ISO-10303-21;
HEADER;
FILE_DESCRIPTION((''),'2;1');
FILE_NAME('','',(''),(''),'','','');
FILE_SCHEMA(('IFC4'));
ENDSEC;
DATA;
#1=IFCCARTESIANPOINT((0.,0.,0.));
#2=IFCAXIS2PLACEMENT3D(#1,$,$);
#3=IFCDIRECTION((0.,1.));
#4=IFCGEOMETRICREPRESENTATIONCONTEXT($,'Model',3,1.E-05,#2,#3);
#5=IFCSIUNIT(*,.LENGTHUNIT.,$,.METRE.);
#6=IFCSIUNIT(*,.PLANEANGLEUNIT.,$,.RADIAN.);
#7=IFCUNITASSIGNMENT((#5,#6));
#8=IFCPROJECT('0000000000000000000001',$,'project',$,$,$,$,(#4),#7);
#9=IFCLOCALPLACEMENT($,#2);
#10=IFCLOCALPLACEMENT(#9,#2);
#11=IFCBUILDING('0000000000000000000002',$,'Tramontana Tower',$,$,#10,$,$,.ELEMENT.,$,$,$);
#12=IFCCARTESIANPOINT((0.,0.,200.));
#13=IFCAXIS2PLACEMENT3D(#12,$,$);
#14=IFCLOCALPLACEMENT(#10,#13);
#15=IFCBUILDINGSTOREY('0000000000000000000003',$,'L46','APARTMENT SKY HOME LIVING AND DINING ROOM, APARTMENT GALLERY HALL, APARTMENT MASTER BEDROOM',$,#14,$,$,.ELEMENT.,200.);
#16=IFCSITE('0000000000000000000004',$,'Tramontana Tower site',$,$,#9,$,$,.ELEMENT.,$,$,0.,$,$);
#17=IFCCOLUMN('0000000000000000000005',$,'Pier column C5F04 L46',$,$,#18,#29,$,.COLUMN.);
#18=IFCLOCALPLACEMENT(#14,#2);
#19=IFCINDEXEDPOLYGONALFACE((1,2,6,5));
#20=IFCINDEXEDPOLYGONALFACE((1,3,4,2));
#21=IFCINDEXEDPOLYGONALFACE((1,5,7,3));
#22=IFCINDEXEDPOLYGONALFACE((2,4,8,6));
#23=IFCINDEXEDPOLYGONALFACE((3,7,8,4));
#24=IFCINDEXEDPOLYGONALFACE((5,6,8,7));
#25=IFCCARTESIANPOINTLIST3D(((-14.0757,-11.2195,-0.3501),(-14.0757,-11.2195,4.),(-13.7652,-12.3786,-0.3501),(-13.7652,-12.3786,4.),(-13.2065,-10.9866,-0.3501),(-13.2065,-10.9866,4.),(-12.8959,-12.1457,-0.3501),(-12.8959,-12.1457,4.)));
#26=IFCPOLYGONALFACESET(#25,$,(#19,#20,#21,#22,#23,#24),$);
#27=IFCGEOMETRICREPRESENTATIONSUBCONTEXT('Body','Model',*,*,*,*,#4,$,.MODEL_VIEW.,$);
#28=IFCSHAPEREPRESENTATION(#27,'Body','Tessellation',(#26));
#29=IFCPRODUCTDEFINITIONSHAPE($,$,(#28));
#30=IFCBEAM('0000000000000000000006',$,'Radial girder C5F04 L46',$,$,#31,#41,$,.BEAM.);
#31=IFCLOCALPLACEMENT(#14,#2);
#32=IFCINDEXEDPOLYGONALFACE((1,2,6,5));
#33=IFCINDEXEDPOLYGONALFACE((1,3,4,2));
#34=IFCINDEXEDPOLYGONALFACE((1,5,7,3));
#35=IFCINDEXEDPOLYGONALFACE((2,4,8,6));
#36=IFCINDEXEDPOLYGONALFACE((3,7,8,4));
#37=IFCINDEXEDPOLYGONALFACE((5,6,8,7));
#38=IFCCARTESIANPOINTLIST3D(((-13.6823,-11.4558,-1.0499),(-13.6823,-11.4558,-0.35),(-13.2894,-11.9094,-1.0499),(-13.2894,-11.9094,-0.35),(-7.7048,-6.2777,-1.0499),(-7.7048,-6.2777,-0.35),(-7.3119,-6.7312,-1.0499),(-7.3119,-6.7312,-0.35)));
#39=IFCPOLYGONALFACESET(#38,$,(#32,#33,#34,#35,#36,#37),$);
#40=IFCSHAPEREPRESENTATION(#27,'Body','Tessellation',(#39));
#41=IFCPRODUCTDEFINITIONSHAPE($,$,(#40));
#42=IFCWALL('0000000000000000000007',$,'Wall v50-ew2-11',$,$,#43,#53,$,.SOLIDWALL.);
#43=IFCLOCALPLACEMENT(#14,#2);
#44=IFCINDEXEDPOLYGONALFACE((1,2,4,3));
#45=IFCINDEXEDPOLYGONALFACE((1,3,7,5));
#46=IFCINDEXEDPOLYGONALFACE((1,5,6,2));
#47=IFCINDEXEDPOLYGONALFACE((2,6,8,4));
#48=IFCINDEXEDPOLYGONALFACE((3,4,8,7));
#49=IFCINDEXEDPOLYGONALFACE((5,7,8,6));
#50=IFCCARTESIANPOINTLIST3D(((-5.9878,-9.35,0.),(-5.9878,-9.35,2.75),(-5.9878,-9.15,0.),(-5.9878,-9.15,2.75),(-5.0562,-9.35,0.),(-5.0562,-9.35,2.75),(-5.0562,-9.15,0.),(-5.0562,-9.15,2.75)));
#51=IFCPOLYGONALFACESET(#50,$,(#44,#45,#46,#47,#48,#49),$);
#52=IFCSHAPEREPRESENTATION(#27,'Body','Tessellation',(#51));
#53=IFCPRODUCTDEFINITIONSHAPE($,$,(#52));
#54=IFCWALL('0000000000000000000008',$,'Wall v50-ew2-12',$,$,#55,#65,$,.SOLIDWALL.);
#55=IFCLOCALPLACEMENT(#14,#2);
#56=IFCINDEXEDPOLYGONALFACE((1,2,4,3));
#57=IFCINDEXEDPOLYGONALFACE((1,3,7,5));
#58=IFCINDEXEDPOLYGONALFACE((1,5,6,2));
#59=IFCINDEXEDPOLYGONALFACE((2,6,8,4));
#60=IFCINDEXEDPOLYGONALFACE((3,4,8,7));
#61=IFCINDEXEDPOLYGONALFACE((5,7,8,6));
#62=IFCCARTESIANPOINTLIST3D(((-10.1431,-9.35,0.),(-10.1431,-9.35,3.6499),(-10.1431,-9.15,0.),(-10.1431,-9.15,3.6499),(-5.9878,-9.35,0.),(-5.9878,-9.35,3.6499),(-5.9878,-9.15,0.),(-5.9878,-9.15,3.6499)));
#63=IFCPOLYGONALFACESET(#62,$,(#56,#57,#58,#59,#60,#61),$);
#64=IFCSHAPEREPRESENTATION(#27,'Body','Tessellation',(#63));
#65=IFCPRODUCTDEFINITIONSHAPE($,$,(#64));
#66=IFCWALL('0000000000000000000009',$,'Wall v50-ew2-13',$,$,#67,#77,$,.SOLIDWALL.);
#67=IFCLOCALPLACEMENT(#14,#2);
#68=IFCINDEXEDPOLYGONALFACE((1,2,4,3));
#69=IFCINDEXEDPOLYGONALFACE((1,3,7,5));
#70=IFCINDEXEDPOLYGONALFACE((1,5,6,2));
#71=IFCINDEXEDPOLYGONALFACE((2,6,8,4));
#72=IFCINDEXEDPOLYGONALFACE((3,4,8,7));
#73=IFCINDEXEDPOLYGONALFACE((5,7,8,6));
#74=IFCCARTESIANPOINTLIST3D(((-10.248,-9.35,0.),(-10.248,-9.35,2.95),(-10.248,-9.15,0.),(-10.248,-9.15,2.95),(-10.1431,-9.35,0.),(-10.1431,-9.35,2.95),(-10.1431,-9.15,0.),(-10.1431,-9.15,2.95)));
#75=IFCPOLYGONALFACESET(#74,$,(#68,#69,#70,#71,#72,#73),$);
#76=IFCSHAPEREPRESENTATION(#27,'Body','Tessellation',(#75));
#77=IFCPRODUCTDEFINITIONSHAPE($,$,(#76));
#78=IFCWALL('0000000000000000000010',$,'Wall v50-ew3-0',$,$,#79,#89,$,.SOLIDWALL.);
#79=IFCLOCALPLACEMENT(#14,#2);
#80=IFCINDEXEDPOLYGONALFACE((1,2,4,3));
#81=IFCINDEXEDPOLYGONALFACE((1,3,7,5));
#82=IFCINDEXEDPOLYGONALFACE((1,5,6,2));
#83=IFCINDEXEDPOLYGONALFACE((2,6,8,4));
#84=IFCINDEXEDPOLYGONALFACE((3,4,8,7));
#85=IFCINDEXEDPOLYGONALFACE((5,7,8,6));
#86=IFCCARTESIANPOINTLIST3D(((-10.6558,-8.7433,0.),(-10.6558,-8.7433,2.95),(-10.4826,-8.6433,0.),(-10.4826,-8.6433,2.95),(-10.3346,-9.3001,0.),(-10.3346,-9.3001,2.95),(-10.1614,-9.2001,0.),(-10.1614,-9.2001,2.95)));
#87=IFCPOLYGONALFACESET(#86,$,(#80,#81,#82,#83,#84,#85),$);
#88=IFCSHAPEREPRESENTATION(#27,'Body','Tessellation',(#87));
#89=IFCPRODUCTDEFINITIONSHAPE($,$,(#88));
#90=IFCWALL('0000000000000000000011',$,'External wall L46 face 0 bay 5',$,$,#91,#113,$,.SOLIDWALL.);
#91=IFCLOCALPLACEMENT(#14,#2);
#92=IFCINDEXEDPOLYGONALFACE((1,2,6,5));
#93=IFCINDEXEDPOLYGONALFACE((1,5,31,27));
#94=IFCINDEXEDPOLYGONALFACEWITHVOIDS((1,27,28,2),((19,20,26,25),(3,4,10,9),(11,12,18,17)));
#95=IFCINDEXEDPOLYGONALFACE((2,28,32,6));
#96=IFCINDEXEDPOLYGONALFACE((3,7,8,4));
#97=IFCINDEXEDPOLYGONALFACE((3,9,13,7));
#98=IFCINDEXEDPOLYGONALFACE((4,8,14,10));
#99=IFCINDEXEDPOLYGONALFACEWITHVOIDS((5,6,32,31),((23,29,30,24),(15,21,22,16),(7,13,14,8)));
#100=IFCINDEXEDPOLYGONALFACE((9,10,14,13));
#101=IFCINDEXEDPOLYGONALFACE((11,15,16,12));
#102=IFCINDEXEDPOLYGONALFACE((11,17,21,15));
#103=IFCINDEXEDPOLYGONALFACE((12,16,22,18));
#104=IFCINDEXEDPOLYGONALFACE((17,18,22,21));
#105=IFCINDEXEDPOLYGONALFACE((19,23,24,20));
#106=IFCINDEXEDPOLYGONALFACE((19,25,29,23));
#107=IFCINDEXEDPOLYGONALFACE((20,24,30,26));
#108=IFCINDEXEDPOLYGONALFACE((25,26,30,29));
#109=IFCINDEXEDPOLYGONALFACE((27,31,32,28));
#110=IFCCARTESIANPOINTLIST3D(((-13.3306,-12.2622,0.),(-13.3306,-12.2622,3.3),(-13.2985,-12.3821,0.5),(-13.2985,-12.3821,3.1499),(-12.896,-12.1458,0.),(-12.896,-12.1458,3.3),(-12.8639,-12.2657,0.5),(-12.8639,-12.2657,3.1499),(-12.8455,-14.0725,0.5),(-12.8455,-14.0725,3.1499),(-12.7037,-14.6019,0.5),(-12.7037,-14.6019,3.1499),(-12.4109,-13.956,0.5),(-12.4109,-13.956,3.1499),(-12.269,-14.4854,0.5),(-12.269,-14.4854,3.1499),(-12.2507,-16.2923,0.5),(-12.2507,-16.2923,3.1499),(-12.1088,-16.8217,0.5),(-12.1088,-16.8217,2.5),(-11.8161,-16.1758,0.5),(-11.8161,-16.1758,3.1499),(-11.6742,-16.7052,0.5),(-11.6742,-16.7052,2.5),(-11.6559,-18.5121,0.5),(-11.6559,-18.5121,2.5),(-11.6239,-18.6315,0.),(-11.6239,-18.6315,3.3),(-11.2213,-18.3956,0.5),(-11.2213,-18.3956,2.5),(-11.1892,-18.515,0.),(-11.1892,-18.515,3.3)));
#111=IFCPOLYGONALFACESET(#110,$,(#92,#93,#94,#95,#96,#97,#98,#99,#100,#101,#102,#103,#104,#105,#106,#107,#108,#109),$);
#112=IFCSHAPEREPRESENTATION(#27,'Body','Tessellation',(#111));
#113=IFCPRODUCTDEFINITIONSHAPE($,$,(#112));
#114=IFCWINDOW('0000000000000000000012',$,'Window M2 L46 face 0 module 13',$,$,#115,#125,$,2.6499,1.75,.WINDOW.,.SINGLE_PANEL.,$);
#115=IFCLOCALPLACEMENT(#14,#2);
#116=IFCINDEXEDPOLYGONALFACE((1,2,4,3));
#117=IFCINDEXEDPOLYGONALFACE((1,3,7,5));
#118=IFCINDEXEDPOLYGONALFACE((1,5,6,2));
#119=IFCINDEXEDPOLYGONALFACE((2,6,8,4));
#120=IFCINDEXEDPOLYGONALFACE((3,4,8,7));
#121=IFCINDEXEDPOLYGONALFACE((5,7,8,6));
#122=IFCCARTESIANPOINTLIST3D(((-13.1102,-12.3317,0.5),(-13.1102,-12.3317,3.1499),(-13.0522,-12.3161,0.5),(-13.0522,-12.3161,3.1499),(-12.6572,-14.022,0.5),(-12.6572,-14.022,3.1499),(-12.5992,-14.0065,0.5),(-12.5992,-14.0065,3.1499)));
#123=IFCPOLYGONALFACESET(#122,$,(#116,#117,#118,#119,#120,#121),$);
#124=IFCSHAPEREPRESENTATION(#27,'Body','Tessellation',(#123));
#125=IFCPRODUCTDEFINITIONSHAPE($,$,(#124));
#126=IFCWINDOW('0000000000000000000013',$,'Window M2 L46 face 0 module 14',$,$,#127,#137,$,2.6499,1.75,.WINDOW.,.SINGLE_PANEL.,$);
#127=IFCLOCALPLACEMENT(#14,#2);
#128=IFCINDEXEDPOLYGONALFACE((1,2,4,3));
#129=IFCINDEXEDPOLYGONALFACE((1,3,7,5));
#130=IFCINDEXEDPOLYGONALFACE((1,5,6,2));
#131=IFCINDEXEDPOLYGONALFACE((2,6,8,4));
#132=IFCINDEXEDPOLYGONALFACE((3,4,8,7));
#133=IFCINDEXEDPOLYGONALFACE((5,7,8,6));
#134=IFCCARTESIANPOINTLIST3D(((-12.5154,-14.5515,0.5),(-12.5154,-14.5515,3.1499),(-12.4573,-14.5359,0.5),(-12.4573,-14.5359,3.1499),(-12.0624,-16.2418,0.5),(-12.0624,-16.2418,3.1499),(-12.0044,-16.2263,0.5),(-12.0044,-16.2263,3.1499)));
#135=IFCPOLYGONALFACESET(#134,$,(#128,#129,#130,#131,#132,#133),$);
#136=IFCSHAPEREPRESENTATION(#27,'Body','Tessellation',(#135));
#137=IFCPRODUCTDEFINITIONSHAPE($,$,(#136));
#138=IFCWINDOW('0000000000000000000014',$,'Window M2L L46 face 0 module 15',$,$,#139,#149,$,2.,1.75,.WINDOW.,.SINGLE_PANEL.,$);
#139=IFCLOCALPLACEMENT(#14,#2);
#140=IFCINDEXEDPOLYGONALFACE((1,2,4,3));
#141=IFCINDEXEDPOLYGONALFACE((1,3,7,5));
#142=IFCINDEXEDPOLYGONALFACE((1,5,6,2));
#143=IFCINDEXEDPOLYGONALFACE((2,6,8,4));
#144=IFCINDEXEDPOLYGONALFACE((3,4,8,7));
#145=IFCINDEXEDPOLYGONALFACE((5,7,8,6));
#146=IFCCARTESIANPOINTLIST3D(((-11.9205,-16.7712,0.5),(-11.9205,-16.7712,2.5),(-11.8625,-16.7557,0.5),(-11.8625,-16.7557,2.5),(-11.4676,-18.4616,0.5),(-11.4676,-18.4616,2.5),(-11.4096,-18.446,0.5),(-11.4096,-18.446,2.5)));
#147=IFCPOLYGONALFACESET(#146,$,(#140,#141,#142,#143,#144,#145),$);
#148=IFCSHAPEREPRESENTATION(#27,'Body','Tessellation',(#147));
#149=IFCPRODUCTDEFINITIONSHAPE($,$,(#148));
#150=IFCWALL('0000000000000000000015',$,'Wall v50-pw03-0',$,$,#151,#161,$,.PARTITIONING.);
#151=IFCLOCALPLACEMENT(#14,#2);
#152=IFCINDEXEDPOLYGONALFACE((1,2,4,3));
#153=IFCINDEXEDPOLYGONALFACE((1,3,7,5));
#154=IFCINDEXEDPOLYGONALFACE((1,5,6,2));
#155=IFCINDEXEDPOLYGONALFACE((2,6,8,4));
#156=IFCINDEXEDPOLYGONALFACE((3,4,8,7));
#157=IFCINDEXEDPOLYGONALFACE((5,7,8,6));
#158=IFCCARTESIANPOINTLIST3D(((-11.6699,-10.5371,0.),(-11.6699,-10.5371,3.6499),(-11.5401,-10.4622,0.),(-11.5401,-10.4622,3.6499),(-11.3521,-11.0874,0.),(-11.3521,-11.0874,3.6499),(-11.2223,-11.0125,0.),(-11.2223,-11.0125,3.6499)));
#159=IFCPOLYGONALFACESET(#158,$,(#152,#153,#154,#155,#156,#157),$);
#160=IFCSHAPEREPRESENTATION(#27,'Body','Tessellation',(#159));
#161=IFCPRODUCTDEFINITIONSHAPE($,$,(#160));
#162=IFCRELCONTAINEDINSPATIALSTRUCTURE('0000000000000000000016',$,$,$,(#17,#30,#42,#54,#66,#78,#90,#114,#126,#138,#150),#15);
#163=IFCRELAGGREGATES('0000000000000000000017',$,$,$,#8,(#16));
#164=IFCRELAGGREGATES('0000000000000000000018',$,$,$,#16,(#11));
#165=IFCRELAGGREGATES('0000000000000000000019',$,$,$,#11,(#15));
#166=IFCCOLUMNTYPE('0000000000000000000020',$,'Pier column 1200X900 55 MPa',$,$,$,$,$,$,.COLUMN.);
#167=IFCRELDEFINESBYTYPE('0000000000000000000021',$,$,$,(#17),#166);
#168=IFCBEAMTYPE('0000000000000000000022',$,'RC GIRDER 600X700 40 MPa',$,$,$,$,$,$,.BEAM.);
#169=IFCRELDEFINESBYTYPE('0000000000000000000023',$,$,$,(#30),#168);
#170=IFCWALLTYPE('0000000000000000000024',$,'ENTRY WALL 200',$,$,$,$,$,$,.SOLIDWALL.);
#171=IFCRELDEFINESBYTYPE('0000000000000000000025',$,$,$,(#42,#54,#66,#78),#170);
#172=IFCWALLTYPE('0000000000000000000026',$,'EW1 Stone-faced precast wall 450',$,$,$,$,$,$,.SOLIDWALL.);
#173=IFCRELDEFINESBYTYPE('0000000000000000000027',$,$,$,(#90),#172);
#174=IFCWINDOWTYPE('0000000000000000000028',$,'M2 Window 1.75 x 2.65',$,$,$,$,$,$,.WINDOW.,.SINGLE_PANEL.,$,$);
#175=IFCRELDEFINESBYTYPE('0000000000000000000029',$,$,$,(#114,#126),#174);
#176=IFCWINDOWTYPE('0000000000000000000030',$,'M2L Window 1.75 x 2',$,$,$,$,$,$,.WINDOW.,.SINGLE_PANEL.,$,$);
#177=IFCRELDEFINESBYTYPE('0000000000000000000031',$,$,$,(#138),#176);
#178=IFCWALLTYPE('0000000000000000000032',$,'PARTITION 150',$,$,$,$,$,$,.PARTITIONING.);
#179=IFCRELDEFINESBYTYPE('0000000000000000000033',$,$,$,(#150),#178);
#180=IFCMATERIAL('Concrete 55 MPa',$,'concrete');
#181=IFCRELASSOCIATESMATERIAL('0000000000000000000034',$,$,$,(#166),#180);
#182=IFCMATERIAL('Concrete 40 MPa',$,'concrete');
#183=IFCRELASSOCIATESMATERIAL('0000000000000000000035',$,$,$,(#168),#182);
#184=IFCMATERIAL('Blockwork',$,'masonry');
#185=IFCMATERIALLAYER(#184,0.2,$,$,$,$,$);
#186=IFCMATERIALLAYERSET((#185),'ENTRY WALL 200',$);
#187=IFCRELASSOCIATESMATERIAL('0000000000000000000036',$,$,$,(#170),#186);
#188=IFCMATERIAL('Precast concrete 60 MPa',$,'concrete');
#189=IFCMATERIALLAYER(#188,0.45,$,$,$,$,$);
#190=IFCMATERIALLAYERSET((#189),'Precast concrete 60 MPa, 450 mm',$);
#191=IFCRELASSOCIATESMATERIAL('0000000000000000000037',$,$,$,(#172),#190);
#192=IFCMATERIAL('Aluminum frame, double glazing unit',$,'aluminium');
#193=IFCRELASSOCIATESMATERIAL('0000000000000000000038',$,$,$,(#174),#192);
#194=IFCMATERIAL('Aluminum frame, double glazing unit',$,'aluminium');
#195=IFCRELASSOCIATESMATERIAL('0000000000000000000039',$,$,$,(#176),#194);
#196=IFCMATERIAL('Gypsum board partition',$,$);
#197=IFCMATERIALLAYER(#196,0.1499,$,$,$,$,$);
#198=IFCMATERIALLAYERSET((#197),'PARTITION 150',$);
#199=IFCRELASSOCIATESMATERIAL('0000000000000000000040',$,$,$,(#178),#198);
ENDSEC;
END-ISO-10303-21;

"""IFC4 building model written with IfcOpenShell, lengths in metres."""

from ifc_helpers import new_model, si_unit, direction, frame, frame_2d, origin, origin_2d, place, context, subcontext, project, spatial, rectangle, extrude, material, layer, layer_set, material_profile, profile_set, type_object, element, fill, save


model = new_model("IFC4")

# Units and contexts
model_context = context("Model", 3, precision=1e-05, world=origin(), true_north=direction((0.0, 1.0)))
body_context = subcontext(model_context, "Body", "Model", "MODEL_VIEW")
ifc_project = project(units=[si_unit("LENGTHUNIT", "METRE"), si_unit("PLANEANGLEUNIT", "RADIAN")], contexts=[model_context])

# Site, building, storey
site_placement = place(None, origin())
site = spatial("IfcSite", under=ifc_project, at=site_placement, Name="Tramontana Tower site", CompositionType="ELEMENT", RefElevation=0.0)
building_placement = place(site_placement, origin())
building = spatial("IfcBuilding", under=site, at=building_placement, Name="Tramontana Tower", CompositionType="ELEMENT")
storey_placement = place(building_placement, frame((0.0, 0.0, 200.0)))
storey = spatial("IfcBuildingStorey", under=building, at=storey_placement, Name="L46", Description="APARTMENT SKY HOME LIVING AND DINING ROOM, APARTMENT GALLERY HALL, APARTMENT MASTER BEDROOM", CompositionType="ELEMENT", Elevation=200.0)

# Column
ifc_material_1 = material(Name="Concrete 55 MPa", Category="concrete")
ifc_material_profile_1 = material_profile(ifc_material_1, rectangle(XDim=1.2, YDim=0.8999, at=origin_2d()), Name="Pier column 1200X900 55 MPa")
ifc_profile_set_1 = profile_set([ifc_material_profile_1], Name="Concrete 55 MPa")
column_type = type_object("IfcColumnType", Name="Pier column 1200X900 55 MPa", PredefinedType="COLUMN", material=ifc_profile_set_1)
column_placement = place(storey_placement, frame((-13.4858, -11.6826, -0.3501), z_axis=(0.0, 0.0, 1.0), x_axis=(0.258819, -0.965926, 0.0)))
element("IfcColumn", 1, at=column_placement, inside=storey, type_object=column_type, Name="Pier column C5F04 L46", PredefinedType="COLUMN", context=body_context, shape_type="SweptSolid", body=[
    extrude(rectangle(XDim=1.2, YDim=0.8999, at=origin_2d()), origin(), (0.0, 0.0, 1.0), 4.3501),
])

# Beam
ifc_material_2 = material(Name="Concrete 40 MPa", Category="concrete")
ifc_material_profile_2 = material_profile(ifc_material_2, rectangle(XDim=0.6001, YDim=0.7, at=origin_2d()), Name="RC GIRDER 600X700 40 MPa")
ifc_profile_set_2 = profile_set([ifc_material_profile_2], Name="Concrete 40 MPa")
beam_type = type_object("IfcBeamType", Name="RC GIRDER 600X700 40 MPa", PredefinedType="BEAM", material=ifc_profile_set_2)
beam_placement = place(storey_placement, frame((-13.4858, -11.6826, -0.7), z_axis=(0.755834, 0.654764, 0.0), x_axis=(-0.654764, 0.755834, 0.0)))
element("IfcBeam", 2, at=beam_placement, inside=storey, type_object=beam_type, Name="Radial girder C5F04 L46", PredefinedType="BEAM", context=body_context, shape_type="SweptSolid", body=[
    extrude(rectangle(XDim=0.6001, YDim=0.7, at=origin_2d()), origin(), (0.0, 0.0, 1.0), 7.9084),
])

# Walls
ifc_material_3 = material(Name="Blockwork", Category="masonry")
ifc_layer_1 = layer(ifc_material_3, 0.2)
ifc_layer_set_1 = layer_set([ifc_layer_1], Name="ENTRY WALL 200")
wall_type_1 = type_object("IfcWallType", Name="ENTRY WALL 200", PredefinedType="SOLIDWALL", material=ifc_layer_set_1)
wall_1_placement = place(storey_placement, frame((-5.0562, -9.25, 0.0), z_axis=(0.0, 0.0, 1.0), x_axis=(-1.0, 0.0, 0.0)))
element("IfcWall", 3, at=wall_1_placement, inside=storey, type_object=wall_type_1, Name="Wall v50-ew2-11", PredefinedType="SOLIDWALL", context=body_context, shape_type="SweptSolid", body=[
    extrude(rectangle(XDim=0.9316, YDim=0.2, at=frame_2d((0.4658, 0.0))), origin(), (0.0, 0.0, 1.0), 2.75),
])
wall_2_placement = place(storey_placement, frame((-5.9878, -9.25, 0.0), z_axis=(0.0, 0.0, 1.0), x_axis=(-1.0, 0.0, 0.0)))
element("IfcWall", 4, at=wall_2_placement, inside=storey, type_object=wall_type_1, Name="Wall v50-ew2-12", PredefinedType="SOLIDWALL", context=body_context, shape_type="SweptSolid", body=[
    extrude(rectangle(XDim=4.1553, YDim=0.2, at=frame_2d((2.0776, 0.0))), origin(), (0.0, 0.0, 1.0), 3.6499),
])
wall_3_placement = place(storey_placement, frame((-10.1431, -9.25, 0.0), z_axis=(0.0, 0.0, 1.0), x_axis=(-1.0, 0.0, 0.0)))
element("IfcWall", 5, at=wall_3_placement, inside=storey, type_object=wall_type_1, Name="Wall v50-ew2-13", PredefinedType="SOLIDWALL", context=body_context, shape_type="SweptSolid", body=[
    extrude(rectangle(XDim=0.105, YDim=0.2, at=frame_2d((0.0525, 0.0))), origin(), (0.0, 0.0, 1.0), 2.95),
])
wall_4_placement = place(storey_placement, frame((-10.248, -9.25, 0.0), z_axis=(0.0, 0.0, 1.0), x_axis=(-0.499733, 0.866179, 0.0)))
element("IfcWall", 6, at=wall_4_placement, inside=storey, type_object=wall_type_1, Name="Wall v50-ew3-0", PredefinedType="SOLIDWALL", context=body_context, shape_type="SweptSolid", body=[
    extrude(rectangle(XDim=0.6428, YDim=0.2, at=frame_2d((0.3213, 0.0))), origin(), (0.0, 0.0, 1.0), 2.95),
])

# Wall, openings, windows
ifc_material_4 = material(Name="Precast concrete 60 MPa", Category="concrete")
ifc_layer_2 = layer(ifc_material_4, 0.45)
ifc_layer_set_2 = layer_set([ifc_layer_2], Name="Precast concrete 60 MPa, 450 mm")
wall_type_2 = type_object("IfcWallType", Name="EW1 Stone-faced precast wall 450", PredefinedType="SOLIDWALL", material=ifc_layer_set_2)
wall_5_placement = place(storey_placement, frame((-13.1133, -12.2041, 0.0), z_axis=(0.0, 0.0, 1.0), x_axis=(0.258835, -0.965921, 0.0)))
wall_5 = element("IfcWall", 7, at=wall_5_placement, inside=storey, type_object=wall_type_2, Name="External wall L46 face 0 bay 5", PredefinedType="SOLIDWALL", context=body_context, shape_type="SweptSolid", body=[
    extrude(rectangle(XDim=6.594, YDim=0.45, at=frame_2d((3.2969, 0.0))), origin(), (0.0, 0.0, 1.0), 3.3),
])
opening_1_placement = place(wall_5_placement, frame((0.124, 0.0, 0.5)))
opening_1 = element("IfcOpeningElement", 8, at=opening_1_placement, cuts=wall_5, PredefinedType="OPENING", context=body_context, shape_type="SweptSolid", body=[
    extrude(rectangle(XDim=1.75, YDim=2.6499, at=frame_2d((0.875, 1.325))), frame((0.0, 0.2349, 0.0), z_axis=(0.0, -1.0, 0.0), x_axis=(1.0, 0.0, 0.0)), (0.0, 0.0, 1.0), 0.47),
])
opening_2_placement = place(wall_5_placement, frame((2.4221, 0.0, 0.5)))
opening_2 = element("IfcOpeningElement", 9, at=opening_2_placement, cuts=wall_5, PredefinedType="OPENING", context=body_context, shape_type="SweptSolid", body=[
    extrude(rectangle(XDim=1.75, YDim=2.6499, at=frame_2d((0.875, 1.325))), frame((0.0, 0.2349, 0.0), z_axis=(0.0, -1.0, 0.0), x_axis=(1.0, 0.0, 0.0)), (0.0, 0.0, 1.0), 0.47),
])
opening_3_placement = place(wall_5_placement, frame((4.7202, 0.0, 0.5)))
opening_3 = element("IfcOpeningElement", 10, at=opening_3_placement, cuts=wall_5, PredefinedType="OPENING", context=body_context, shape_type="SweptSolid", body=[
    extrude(rectangle(XDim=1.75, YDim=2.0, at=frame_2d((0.875, 1.0))), frame((0.0, 0.2349, 0.0), z_axis=(0.0, -1.0, 0.0), x_axis=(1.0, 0.0, 0.0)), (0.0, 0.0, 1.0), 0.47),
])
ifc_material_5 = material(Name="Aluminum frame, double glazing unit", Category="aluminium")
window_type_1 = type_object("IfcWindowType", Name="M2 Window 1.75 x 2.65", PartitioningType="SINGLE_PANEL", PredefinedType="WINDOW", material=ifc_material_5)
window_1_placement = place(opening_1_placement, origin())
window_1 = element("IfcWindow", 11, at=window_1_placement, inside=storey, type_object=window_type_1, Name="Window M2 L46 face 0 module 13", OverallHeight=2.6499, OverallWidth=1.75, PartitioningType="SINGLE_PANEL", PredefinedType="WINDOW", context=body_context, shape_type="SweptSolid", body=[
    extrude(rectangle(XDim=1.75, YDim=2.6499, at=frame_2d((0.875, 1.325))), frame((0.0, 0.03, 0.0), z_axis=(0.0, -1.0, 0.0), x_axis=(1.0, 0.0, 0.0)), (0.0, 0.0, 1.0), 0.0601),
])
fill(opening_1, window_1)
window_2_placement = place(opening_2_placement, origin())
window_2 = element("IfcWindow", 12, at=window_2_placement, inside=storey, type_object=window_type_1, Name="Window M2 L46 face 0 module 14", OverallHeight=2.6499, OverallWidth=1.75, PartitioningType="SINGLE_PANEL", PredefinedType="WINDOW", context=body_context, shape_type="SweptSolid", body=[
    extrude(rectangle(XDim=1.75, YDim=2.6499, at=frame_2d((0.875, 1.325))), frame((0.0, 0.03, 0.0), z_axis=(0.0, -1.0, 0.0), x_axis=(1.0, 0.0, 0.0)), (0.0, 0.0, 1.0), 0.0601),
])
fill(opening_2, window_2)
ifc_material_6 = material(Name="Aluminum frame, double glazing unit", Category="aluminium")
window_type_2 = type_object("IfcWindowType", Name="M2L Window 1.75 x 2", PartitioningType="SINGLE_PANEL", PredefinedType="WINDOW", material=ifc_material_6)
window_3_placement = place(opening_3_placement, origin())
window_3 = element("IfcWindow", 13, at=window_3_placement, inside=storey, type_object=window_type_2, Name="Window M2L L46 face 0 module 15", OverallHeight=2.0, OverallWidth=1.75, PartitioningType="SINGLE_PANEL", PredefinedType="WINDOW", context=body_context, shape_type="SweptSolid", body=[
    extrude(rectangle(XDim=1.75, YDim=2.0, at=frame_2d((0.875, 1.0))), frame((0.0, 0.03, 0.0), z_axis=(0.0, -1.0, 0.0), x_axis=(1.0, 0.0, 0.0)), (0.0, 0.0, 1.0), 0.0601),
])
fill(opening_3, window_3)

# Wall
ifc_material_7 = material(Name="Gypsum board partition")
ifc_layer_3 = layer(ifc_material_7, 0.1499)
ifc_layer_set_3 = layer_set([ifc_layer_3], Name="PARTITION 150")
wall_type_3 = type_object("IfcWallType", Name="PARTITION 150", PredefinedType="PARTITIONING", material=ifc_layer_set_3)
wall_6_placement = place(storey_placement, frame((-11.2871, -11.05, 0.0), z_axis=(0.0, 0.0, 1.0), x_axis=(-0.500188, 0.865917, 0.0)))
element("IfcWall", 14, at=wall_6_placement, inside=storey, type_object=wall_type_3, Name="Wall v50-pw03-0", PredefinedType="PARTITIONING", context=body_context, shape_type="SweptSolid", body=[
    extrude(rectangle(XDim=0.6355, YDim=0.1499, at=frame_2d((0.3179, 0.0))), origin(), (0.0, 0.0, 1.0), 3.6499),
])

save(model, "model.ifc")
